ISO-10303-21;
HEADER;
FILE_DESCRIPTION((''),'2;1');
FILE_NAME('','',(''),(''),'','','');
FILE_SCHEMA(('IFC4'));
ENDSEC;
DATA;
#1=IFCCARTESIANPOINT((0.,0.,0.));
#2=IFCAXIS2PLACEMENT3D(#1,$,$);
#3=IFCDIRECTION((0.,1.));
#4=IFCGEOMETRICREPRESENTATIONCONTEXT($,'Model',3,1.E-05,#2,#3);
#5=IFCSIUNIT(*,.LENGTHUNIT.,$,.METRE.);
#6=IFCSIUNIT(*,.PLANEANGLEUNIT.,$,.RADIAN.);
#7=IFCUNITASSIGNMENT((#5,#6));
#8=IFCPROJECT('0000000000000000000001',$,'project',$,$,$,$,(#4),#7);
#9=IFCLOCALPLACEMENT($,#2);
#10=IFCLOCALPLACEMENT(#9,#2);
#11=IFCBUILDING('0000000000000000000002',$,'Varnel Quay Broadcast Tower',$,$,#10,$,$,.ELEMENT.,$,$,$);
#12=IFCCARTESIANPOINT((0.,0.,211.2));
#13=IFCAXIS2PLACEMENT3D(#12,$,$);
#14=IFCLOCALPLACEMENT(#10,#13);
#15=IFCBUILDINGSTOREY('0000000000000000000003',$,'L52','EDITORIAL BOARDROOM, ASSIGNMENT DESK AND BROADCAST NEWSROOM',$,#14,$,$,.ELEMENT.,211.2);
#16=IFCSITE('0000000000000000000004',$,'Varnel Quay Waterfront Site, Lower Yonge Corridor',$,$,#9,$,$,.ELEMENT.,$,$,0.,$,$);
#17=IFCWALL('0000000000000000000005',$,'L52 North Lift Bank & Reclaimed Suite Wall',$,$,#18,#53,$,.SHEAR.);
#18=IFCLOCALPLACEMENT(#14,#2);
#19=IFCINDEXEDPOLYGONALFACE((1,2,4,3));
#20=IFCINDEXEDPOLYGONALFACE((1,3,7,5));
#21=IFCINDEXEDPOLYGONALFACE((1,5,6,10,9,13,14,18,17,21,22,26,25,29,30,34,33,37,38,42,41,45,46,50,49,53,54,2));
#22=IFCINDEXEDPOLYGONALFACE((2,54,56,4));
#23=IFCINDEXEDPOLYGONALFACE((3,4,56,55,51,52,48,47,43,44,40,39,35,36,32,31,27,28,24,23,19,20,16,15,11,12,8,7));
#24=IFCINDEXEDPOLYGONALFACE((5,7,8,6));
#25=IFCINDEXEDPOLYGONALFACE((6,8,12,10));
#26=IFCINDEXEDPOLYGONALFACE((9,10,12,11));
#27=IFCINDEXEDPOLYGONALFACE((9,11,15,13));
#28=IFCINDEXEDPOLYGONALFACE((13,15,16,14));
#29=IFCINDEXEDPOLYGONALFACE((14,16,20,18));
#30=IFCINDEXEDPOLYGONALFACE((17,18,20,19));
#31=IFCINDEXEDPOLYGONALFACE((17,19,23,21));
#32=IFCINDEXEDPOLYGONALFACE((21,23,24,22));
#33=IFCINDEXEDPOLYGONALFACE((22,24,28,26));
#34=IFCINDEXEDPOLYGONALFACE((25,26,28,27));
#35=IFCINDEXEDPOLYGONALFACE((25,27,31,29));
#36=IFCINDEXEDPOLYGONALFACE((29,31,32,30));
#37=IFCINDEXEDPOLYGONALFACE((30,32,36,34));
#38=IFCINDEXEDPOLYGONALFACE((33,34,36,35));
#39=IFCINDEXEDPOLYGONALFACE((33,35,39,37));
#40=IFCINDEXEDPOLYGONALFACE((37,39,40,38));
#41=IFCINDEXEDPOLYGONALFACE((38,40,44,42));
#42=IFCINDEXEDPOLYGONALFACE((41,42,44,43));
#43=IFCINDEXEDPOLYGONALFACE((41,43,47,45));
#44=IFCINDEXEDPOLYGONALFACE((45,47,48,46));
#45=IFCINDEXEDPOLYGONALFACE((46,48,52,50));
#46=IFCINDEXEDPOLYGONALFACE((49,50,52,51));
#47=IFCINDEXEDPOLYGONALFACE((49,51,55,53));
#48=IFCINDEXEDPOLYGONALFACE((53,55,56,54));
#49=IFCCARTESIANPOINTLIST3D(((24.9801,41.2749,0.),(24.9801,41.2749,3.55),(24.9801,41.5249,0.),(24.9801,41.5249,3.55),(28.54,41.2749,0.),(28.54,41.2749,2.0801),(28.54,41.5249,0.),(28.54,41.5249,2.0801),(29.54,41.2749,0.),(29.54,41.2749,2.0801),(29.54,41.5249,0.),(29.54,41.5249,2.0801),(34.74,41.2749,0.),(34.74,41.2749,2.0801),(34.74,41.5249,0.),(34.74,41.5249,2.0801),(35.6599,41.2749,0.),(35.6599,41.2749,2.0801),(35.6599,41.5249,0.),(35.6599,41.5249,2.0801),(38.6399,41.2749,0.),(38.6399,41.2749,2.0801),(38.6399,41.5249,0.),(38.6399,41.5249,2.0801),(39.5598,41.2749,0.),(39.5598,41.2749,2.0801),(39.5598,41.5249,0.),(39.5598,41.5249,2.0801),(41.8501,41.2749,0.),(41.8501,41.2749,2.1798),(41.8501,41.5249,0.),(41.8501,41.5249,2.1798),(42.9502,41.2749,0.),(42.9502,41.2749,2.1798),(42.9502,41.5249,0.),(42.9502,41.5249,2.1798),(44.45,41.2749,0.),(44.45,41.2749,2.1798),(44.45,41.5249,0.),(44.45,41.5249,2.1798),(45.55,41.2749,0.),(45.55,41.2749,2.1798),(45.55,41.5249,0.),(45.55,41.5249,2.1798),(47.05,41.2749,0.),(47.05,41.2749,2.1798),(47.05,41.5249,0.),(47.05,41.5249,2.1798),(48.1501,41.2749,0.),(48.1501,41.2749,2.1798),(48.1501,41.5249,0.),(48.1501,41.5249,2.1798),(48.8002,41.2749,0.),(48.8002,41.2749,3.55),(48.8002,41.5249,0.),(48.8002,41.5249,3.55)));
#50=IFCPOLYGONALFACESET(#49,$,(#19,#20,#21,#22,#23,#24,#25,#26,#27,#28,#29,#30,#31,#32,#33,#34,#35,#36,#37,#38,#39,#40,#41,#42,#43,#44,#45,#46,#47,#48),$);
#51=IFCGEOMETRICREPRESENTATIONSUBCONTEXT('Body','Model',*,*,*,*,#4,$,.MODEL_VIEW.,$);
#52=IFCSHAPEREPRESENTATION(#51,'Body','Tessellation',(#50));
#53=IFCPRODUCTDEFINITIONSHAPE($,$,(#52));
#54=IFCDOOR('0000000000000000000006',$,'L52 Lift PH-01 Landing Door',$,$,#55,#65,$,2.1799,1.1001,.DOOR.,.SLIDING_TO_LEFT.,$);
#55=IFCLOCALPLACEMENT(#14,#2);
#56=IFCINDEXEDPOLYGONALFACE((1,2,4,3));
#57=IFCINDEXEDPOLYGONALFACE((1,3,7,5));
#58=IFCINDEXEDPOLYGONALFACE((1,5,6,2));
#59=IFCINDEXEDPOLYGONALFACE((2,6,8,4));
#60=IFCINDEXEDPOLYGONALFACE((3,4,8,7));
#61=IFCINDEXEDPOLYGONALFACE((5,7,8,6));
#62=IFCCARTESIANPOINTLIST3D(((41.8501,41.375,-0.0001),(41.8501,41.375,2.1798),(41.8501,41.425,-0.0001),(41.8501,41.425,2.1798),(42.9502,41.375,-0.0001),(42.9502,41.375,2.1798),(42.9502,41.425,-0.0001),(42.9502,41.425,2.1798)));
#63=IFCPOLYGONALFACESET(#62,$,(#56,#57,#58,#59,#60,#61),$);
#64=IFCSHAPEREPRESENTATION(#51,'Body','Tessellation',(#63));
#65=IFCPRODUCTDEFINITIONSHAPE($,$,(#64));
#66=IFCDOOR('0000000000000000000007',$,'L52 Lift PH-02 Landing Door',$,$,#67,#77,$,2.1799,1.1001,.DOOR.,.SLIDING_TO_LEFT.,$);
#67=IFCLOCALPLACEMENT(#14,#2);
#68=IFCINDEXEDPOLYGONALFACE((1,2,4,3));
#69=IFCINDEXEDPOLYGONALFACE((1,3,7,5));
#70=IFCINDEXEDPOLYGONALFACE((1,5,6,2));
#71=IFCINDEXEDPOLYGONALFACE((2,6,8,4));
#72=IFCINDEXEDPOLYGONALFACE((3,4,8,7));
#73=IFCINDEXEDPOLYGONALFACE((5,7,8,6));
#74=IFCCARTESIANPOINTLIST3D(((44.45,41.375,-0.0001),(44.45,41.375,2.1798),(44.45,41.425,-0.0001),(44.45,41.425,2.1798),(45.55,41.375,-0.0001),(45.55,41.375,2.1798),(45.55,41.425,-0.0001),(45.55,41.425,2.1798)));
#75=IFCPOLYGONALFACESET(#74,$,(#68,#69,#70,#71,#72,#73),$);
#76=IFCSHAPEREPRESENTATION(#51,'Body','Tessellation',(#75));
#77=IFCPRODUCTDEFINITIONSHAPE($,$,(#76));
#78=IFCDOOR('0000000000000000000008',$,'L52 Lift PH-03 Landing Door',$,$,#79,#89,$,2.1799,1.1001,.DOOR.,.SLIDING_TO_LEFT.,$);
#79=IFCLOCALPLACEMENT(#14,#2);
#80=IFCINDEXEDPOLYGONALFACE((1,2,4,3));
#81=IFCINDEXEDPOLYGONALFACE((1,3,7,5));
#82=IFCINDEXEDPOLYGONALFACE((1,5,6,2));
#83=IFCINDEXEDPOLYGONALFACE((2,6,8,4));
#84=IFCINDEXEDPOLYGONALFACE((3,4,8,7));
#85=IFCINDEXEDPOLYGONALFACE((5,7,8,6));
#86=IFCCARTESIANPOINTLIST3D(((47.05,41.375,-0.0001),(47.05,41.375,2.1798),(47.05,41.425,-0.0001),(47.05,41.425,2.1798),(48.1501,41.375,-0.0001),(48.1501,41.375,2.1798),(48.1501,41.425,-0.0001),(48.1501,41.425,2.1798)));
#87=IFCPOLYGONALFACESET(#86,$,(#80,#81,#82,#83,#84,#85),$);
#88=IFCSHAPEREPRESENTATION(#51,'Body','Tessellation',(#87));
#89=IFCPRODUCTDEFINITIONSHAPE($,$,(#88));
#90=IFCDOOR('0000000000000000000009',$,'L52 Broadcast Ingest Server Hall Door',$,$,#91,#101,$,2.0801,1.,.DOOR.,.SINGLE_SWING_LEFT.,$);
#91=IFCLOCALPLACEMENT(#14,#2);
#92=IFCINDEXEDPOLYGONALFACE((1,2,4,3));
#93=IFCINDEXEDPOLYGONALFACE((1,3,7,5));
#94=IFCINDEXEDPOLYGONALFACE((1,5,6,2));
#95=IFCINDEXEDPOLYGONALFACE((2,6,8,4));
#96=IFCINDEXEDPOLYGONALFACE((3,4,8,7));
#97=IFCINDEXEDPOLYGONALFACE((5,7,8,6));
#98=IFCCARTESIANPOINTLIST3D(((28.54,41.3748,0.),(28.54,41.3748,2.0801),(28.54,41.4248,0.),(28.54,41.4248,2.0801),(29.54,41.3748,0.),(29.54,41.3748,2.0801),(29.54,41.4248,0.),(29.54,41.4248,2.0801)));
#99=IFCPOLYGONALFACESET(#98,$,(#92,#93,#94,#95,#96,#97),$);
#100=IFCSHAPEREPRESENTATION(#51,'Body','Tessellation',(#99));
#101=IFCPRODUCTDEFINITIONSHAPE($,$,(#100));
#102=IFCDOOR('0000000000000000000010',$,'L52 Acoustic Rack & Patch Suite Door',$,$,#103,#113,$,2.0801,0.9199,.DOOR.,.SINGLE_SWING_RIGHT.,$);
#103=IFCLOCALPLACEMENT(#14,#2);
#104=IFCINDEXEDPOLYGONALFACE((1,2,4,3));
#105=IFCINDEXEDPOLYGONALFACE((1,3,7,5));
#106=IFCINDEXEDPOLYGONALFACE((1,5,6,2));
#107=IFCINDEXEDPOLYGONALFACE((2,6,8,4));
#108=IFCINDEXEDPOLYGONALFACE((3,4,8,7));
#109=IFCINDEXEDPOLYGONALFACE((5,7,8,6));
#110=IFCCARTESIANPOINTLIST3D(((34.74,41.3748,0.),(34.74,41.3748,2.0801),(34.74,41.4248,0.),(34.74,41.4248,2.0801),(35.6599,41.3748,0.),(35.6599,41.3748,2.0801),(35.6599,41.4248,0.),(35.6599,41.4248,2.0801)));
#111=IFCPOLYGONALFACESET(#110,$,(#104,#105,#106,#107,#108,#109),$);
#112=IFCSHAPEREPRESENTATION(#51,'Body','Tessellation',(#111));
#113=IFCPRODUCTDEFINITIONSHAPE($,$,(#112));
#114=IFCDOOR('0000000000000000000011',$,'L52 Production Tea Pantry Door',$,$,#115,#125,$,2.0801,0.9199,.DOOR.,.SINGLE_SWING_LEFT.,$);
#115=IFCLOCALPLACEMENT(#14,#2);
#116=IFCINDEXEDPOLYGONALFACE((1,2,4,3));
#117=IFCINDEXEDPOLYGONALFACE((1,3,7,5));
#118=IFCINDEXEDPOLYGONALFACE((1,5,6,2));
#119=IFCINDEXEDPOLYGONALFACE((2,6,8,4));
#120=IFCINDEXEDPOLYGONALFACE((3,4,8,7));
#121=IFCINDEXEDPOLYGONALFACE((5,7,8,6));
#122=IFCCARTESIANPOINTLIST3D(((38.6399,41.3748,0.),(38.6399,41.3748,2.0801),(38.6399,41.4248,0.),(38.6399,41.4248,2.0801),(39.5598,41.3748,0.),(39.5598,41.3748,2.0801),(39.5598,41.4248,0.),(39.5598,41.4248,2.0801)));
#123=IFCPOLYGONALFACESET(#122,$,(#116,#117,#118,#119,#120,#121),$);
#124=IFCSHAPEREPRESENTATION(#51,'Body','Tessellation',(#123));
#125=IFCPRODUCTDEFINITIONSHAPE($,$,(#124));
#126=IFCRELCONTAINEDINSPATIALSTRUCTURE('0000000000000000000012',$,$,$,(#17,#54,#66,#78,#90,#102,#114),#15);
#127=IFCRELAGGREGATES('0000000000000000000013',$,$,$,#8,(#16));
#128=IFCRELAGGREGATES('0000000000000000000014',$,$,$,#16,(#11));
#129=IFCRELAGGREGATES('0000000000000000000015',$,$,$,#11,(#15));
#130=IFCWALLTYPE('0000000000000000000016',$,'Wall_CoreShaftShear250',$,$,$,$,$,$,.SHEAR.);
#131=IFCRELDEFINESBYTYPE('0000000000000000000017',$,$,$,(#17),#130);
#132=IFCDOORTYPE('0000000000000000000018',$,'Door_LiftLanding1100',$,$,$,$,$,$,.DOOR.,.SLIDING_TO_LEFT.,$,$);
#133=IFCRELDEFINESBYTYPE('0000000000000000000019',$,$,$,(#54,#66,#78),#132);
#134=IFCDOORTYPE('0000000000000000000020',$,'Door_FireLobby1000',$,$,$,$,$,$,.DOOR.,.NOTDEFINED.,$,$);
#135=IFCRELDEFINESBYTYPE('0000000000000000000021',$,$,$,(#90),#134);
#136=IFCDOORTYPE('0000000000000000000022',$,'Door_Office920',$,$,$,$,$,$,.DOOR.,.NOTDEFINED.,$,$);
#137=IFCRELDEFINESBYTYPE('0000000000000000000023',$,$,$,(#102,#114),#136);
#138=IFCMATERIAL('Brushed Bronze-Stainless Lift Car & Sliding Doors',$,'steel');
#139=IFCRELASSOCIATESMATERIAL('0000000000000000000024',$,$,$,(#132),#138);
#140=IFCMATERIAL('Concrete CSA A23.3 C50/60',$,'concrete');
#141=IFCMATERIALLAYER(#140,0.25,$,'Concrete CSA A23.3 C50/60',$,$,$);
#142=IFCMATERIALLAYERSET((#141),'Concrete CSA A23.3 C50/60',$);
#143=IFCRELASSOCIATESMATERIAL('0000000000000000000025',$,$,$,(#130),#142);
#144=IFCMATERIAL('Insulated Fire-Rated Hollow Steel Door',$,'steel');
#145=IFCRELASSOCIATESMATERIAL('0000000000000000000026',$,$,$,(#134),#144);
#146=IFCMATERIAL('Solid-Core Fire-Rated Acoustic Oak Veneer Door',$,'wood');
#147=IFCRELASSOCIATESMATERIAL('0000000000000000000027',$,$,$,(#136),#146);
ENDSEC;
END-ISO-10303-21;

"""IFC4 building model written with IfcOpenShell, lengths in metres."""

from ifc_helpers import new_model, si_unit, direction, frame, frame_2d, origin, place, context, subcontext, project, spatial, rectangle, extrude, source, transform, mapped, material, layer, layer_set, type_object, type_shapes, element, fill, save


model = new_model("IFC4")

# Units and contexts
model_context = context("Model", 3, precision=1e-05, world=origin(), true_north=direction((0.0, 1.0)))
body_context = subcontext(model_context, "Body", "Model", "MODEL_VIEW")
ifc_project = project(units=[si_unit("LENGTHUNIT", "METRE"), si_unit("PLANEANGLEUNIT", "RADIAN")], contexts=[model_context])

# Site, building, storey
site_placement = place(None, origin())
site = spatial("IfcSite", under=ifc_project, at=site_placement, Name="Varnel Quay Waterfront Site, Lower Yonge Corridor", CompositionType="ELEMENT", RefElevation=0.0)
building_placement = place(site_placement, origin())
building = spatial("IfcBuilding", under=site, at=building_placement, Name="Varnel Quay Broadcast Tower", CompositionType="ELEMENT")
storey_placement = place(building_placement, frame((0.0, 0.0, 211.2)))
storey = spatial("IfcBuildingStorey", under=building, at=storey_placement, Name="L52", Description="EDITORIAL BOARDROOM, ASSIGNMENT DESK AND BROADCAST NEWSROOM", CompositionType="ELEMENT", Elevation=211.2)

# Shared definitions
ifc_material_1 = material(Name="Concrete CSA A23.3 C50/60", Category="concrete")
ifc_material_2 = material(Name="Brushed Bronze-Stainless Lift Car & Sliding Doors", Category="steel")
door_type_1 = type_object("IfcDoorType", Name="Door_LiftLanding1100", OperationType="SLIDING_TO_LEFT", PredefinedType="DOOR", material=ifc_material_2)
shared_shape_1 = source(origin(), body_context, "Body", "SweptSolid", [
    extrude(rectangle(XDim=1.1001, YDim=2.1799, at=frame_2d((0.55, 1.0898))), frame((0.0, 0.0249, 0.0), z_axis=(0.0, -1.0, 0.0), x_axis=(1.0, 0.0, 0.0)), (0.0, 0.0, 1.0), 0.05),
])
type_shapes(door_type_1, [shared_shape_1])

# Shared definitions
ifc_layer_1 = layer(ifc_material_1, 0.25, Name="Concrete CSA A23.3 C50/60")
ifc_layer_set_1 = layer_set([ifc_layer_1], Name="Concrete CSA A23.3 C50/60")
wall_type_1 = type_object("IfcWallType", Name="Wall_CoreShaftShear250", PredefinedType="SHEAR", material=ifc_layer_set_1)

# Wall, openings, doors
wall_1_placement = place(storey_placement, frame((24.98, 41.3999, 0.0), z_axis=(0.0, 0.0, 1.0), x_axis=(1.0, 0.0, 0.0)))
wall_1 = element("IfcWall", 1, at=wall_1_placement, inside=storey, type_object=wall_type_1, Name="L52 North Lift Bank & Reclaimed Suite Wall", PredefinedType="SHEAR", context=body_context, shape_type="SweptSolid", body=[
    extrude(rectangle(XDim=23.8201, YDim=0.25, at=frame_2d((11.9102, 0.0))), origin(), (0.0, 0.0, 1.0), 3.55),
])
opening_1_placement = place(wall_1_placement, frame((16.8701, 0.0, 0.0)))
opening_1 = element("IfcOpeningElement", 2, at=opening_1_placement, cuts=wall_1, PredefinedType="OPENING", context=body_context, shape_type="SweptSolid", body=[
    extrude(rectangle(XDim=1.1001, YDim=2.1799, at=frame_2d((0.55, 1.0898))), frame((0.0, 0.135, 0.0), z_axis=(0.0, -1.0, 0.0), x_axis=(1.0, 0.0, 0.0)), (0.0, 0.0, 1.0), 0.27),
])
opening_2_placement = place(wall_1_placement, frame((19.47, 0.0, 0.0)))
opening_2 = element("IfcOpeningElement", 3, at=opening_2_placement, cuts=wall_1, PredefinedType="OPENING", context=body_context, shape_type="SweptSolid", body=[
    extrude(rectangle(XDim=1.1001, YDim=2.1799, at=frame_2d((0.55, 1.0898))), frame((0.0, 0.135, 0.0), z_axis=(0.0, -1.0, 0.0), x_axis=(1.0, 0.0, 0.0)), (0.0, 0.0, 1.0), 0.27),
])
opening_3_placement = place(wall_1_placement, frame((22.0701, 0.0, 0.0)))
opening_3 = element("IfcOpeningElement", 4, at=opening_3_placement, cuts=wall_1, PredefinedType="OPENING", context=body_context, shape_type="SweptSolid", body=[
    extrude(rectangle(XDim=1.1001, YDim=2.1799, at=frame_2d((0.55, 1.0898))), frame((0.0, 0.135, 0.0), z_axis=(0.0, -1.0, 0.0), x_axis=(1.0, 0.0, 0.0)), (0.0, 0.0, 1.0), 0.27),
])
opening_4_placement = place(wall_1_placement, frame((3.5601, 0.0, 0.0)))
opening_4 = element("IfcOpeningElement", 5, at=opening_4_placement, cuts=wall_1, PredefinedType="OPENING", context=body_context, shape_type="SweptSolid", body=[
    extrude(rectangle(XDim=1.0, YDim=2.0801, at=frame_2d((0.5, 1.04))), frame((0.0, 0.135, 0.0), z_axis=(0.0, -1.0, 0.0), x_axis=(1.0, 0.0, 0.0)), (0.0, 0.0, 1.0), 0.27),
])
opening_5_placement = place(wall_1_placement, frame((9.76, 0.0, 0.0)))
opening_5 = element("IfcOpeningElement", 6, at=opening_5_placement, cuts=wall_1, PredefinedType="OPENING", context=body_context, shape_type="SweptSolid", body=[
    extrude(rectangle(XDim=0.9199, YDim=2.0801, at=frame_2d((0.46, 1.04))), frame((0.0, 0.135, 0.0), z_axis=(0.0, -1.0, 0.0), x_axis=(1.0, 0.0, 0.0)), (0.0, 0.0, 1.0), 0.27),
])
opening_6_placement = place(wall_1_placement, frame((13.6599, 0.0, 0.0)))
opening_6 = element("IfcOpeningElement", 7, at=opening_6_placement, cuts=wall_1, PredefinedType="OPENING", context=body_context, shape_type="SweptSolid", body=[
    extrude(rectangle(XDim=0.9199, YDim=2.0801, at=frame_2d((0.46, 1.04))), frame((0.0, 0.135, 0.0), z_axis=(0.0, -1.0, 0.0), x_axis=(1.0, 0.0, 0.0)), (0.0, 0.0, 1.0), 0.27),
])
door_1_placement = place(opening_1_placement, frame((1.1001, 0.0, 0.0), z_axis=(0.0, 0.0, 1.0), x_axis=(-1.0, 0.0, 0.0)))
door_1 = element("IfcDoor", 8, at=door_1_placement, inside=storey, type_object=door_type_1, Name="L52 Lift PH-01 Landing Door", OperationType="SLIDING_TO_LEFT", OverallHeight=2.1799, OverallWidth=1.1001, PredefinedType="DOOR", context=body_context, shape_type="MappedRepresentation", body=[
    mapped(shared_shape_1, transform((0.0, 0.0, 0.0), x_axis=(1.0, 0.0, 0.0), y_axis=(0.0, 1.0, 0.0), z_axis=(0.0, 0.0, 1.0), scale=1.0)),
])
fill(opening_1, door_1)
door_2_placement = place(opening_2_placement, frame((1.1001, 0.0, 0.0), z_axis=(0.0, 0.0, 1.0), x_axis=(-1.0, 0.0, 0.0)))
door_2 = element("IfcDoor", 9, at=door_2_placement, inside=storey, type_object=door_type_1, Name="L52 Lift PH-02 Landing Door", OperationType="SLIDING_TO_LEFT", OverallHeight=2.1799, OverallWidth=1.1001, PredefinedType="DOOR", context=body_context, shape_type="MappedRepresentation", body=[
    mapped(shared_shape_1, transform((0.0, 0.0, 0.0), x_axis=(1.0, 0.0, 0.0), y_axis=(0.0, 1.0, 0.0), z_axis=(0.0, 0.0, 1.0), scale=1.0)),
])
fill(opening_2, door_2)
door_3_placement = place(opening_3_placement, frame((1.1001, 0.0, 0.0), z_axis=(0.0, 0.0, 1.0), x_axis=(-1.0, 0.0, 0.0)))
door_3 = element("IfcDoor", 10, at=door_3_placement, inside=storey, type_object=door_type_1, Name="L52 Lift PH-03 Landing Door", OperationType="SLIDING_TO_LEFT", OverallHeight=2.1799, OverallWidth=1.1001, PredefinedType="DOOR", context=body_context, shape_type="MappedRepresentation", body=[
    mapped(shared_shape_1, transform((0.0, 0.0, 0.0), x_axis=(1.0, 0.0, 0.0), y_axis=(0.0, 1.0, 0.0), z_axis=(0.0, 0.0, 1.0), scale=1.0)),
])
fill(opening_3, door_3)
ifc_material_3 = material(Name="Insulated Fire-Rated Hollow Steel Door", Category="steel")
door_type_2 = type_object("IfcDoorType", Name="Door_FireLobby1000", OperationType="NOTDEFINED", PredefinedType="DOOR", material=ifc_material_3)
shared_shape_2 = source(origin(), body_context, "Body", "SweptSolid", [
    extrude(rectangle(XDim=1.0, YDim=2.0801, at=frame_2d((0.5, 1.04))), frame((0.0, 0.0249, 0.0), z_axis=(0.0, -1.0, 0.0), x_axis=(1.0, 0.0, 0.0)), (0.0, 0.0, 1.0), 0.05),
])
type_shapes(door_type_2, [shared_shape_2])
door_4_placement = place(opening_4_placement, origin())
door_4 = element("IfcDoor", 11, at=door_4_placement, inside=storey, type_object=door_type_2, Name="L52 Broadcast Ingest Server Hall Door", OperationType="SINGLE_SWING_LEFT", OverallHeight=2.0801, OverallWidth=1.0, PredefinedType="DOOR", context=body_context, shape_type="MappedRepresentation", body=[
    mapped(shared_shape_2, transform((0.0, 0.0, 0.0), x_axis=(1.0, 0.0, 0.0), y_axis=(0.0, 1.0, 0.0), z_axis=(0.0, 0.0, 1.0), scale=1.0)),
])
fill(opening_4, door_4)
ifc_material_4 = material(Name="Solid-Core Fire-Rated Acoustic Oak Veneer Door", Category="wood")
door_type_3 = type_object("IfcDoorType", Name="Door_Office920", OperationType="NOTDEFINED", PredefinedType="DOOR", material=ifc_material_4)
shared_shape_3 = source(origin(), body_context, "Body", "SweptSolid", [
    extrude(rectangle(XDim=0.9199, YDim=2.0801, at=frame_2d((0.46, 1.04))), frame((0.0, 0.0249, 0.0), z_axis=(0.0, -1.0, 0.0), x_axis=(1.0, 0.0, 0.0)), (0.0, 0.0, 1.0), 0.05),
])
type_shapes(door_type_3, [shared_shape_3])
door_5_placement = place(opening_5_placement, origin())
door_5 = element("IfcDoor", 12, at=door_5_placement, inside=storey, type_object=door_type_3, Name="L52 Acoustic Rack & Patch Suite Door", OperationType="SINGLE_SWING_RIGHT", OverallHeight=2.0801, OverallWidth=0.9199, PredefinedType="DOOR", context=body_context, shape_type="MappedRepresentation", body=[
    mapped(shared_shape_3, transform((0.0, 0.0, 0.0), x_axis=(1.0, 0.0, 0.0), y_axis=(0.0, 1.0, 0.0), z_axis=(0.0, 0.0, 1.0), scale=1.0)),
])
fill(opening_5, door_5)
door_6_placement = place(opening_6_placement, origin())
door_6 = element("IfcDoor", 13, at=door_6_placement, inside=storey, type_object=door_type_3, Name="L52 Production Tea Pantry Door", OperationType="SINGLE_SWING_LEFT", OverallHeight=2.0801, OverallWidth=0.9199, PredefinedType="DOOR", context=body_context, shape_type="MappedRepresentation", body=[
    mapped(shared_shape_3, transform((0.0, 0.0, 0.0), x_axis=(1.0, 0.0, 0.0), y_axis=(0.0, 1.0, 0.0), z_axis=(0.0, 0.0, 1.0), scale=1.0)),
])
fill(opening_6, door_6)

save(model, "model.ifc")
